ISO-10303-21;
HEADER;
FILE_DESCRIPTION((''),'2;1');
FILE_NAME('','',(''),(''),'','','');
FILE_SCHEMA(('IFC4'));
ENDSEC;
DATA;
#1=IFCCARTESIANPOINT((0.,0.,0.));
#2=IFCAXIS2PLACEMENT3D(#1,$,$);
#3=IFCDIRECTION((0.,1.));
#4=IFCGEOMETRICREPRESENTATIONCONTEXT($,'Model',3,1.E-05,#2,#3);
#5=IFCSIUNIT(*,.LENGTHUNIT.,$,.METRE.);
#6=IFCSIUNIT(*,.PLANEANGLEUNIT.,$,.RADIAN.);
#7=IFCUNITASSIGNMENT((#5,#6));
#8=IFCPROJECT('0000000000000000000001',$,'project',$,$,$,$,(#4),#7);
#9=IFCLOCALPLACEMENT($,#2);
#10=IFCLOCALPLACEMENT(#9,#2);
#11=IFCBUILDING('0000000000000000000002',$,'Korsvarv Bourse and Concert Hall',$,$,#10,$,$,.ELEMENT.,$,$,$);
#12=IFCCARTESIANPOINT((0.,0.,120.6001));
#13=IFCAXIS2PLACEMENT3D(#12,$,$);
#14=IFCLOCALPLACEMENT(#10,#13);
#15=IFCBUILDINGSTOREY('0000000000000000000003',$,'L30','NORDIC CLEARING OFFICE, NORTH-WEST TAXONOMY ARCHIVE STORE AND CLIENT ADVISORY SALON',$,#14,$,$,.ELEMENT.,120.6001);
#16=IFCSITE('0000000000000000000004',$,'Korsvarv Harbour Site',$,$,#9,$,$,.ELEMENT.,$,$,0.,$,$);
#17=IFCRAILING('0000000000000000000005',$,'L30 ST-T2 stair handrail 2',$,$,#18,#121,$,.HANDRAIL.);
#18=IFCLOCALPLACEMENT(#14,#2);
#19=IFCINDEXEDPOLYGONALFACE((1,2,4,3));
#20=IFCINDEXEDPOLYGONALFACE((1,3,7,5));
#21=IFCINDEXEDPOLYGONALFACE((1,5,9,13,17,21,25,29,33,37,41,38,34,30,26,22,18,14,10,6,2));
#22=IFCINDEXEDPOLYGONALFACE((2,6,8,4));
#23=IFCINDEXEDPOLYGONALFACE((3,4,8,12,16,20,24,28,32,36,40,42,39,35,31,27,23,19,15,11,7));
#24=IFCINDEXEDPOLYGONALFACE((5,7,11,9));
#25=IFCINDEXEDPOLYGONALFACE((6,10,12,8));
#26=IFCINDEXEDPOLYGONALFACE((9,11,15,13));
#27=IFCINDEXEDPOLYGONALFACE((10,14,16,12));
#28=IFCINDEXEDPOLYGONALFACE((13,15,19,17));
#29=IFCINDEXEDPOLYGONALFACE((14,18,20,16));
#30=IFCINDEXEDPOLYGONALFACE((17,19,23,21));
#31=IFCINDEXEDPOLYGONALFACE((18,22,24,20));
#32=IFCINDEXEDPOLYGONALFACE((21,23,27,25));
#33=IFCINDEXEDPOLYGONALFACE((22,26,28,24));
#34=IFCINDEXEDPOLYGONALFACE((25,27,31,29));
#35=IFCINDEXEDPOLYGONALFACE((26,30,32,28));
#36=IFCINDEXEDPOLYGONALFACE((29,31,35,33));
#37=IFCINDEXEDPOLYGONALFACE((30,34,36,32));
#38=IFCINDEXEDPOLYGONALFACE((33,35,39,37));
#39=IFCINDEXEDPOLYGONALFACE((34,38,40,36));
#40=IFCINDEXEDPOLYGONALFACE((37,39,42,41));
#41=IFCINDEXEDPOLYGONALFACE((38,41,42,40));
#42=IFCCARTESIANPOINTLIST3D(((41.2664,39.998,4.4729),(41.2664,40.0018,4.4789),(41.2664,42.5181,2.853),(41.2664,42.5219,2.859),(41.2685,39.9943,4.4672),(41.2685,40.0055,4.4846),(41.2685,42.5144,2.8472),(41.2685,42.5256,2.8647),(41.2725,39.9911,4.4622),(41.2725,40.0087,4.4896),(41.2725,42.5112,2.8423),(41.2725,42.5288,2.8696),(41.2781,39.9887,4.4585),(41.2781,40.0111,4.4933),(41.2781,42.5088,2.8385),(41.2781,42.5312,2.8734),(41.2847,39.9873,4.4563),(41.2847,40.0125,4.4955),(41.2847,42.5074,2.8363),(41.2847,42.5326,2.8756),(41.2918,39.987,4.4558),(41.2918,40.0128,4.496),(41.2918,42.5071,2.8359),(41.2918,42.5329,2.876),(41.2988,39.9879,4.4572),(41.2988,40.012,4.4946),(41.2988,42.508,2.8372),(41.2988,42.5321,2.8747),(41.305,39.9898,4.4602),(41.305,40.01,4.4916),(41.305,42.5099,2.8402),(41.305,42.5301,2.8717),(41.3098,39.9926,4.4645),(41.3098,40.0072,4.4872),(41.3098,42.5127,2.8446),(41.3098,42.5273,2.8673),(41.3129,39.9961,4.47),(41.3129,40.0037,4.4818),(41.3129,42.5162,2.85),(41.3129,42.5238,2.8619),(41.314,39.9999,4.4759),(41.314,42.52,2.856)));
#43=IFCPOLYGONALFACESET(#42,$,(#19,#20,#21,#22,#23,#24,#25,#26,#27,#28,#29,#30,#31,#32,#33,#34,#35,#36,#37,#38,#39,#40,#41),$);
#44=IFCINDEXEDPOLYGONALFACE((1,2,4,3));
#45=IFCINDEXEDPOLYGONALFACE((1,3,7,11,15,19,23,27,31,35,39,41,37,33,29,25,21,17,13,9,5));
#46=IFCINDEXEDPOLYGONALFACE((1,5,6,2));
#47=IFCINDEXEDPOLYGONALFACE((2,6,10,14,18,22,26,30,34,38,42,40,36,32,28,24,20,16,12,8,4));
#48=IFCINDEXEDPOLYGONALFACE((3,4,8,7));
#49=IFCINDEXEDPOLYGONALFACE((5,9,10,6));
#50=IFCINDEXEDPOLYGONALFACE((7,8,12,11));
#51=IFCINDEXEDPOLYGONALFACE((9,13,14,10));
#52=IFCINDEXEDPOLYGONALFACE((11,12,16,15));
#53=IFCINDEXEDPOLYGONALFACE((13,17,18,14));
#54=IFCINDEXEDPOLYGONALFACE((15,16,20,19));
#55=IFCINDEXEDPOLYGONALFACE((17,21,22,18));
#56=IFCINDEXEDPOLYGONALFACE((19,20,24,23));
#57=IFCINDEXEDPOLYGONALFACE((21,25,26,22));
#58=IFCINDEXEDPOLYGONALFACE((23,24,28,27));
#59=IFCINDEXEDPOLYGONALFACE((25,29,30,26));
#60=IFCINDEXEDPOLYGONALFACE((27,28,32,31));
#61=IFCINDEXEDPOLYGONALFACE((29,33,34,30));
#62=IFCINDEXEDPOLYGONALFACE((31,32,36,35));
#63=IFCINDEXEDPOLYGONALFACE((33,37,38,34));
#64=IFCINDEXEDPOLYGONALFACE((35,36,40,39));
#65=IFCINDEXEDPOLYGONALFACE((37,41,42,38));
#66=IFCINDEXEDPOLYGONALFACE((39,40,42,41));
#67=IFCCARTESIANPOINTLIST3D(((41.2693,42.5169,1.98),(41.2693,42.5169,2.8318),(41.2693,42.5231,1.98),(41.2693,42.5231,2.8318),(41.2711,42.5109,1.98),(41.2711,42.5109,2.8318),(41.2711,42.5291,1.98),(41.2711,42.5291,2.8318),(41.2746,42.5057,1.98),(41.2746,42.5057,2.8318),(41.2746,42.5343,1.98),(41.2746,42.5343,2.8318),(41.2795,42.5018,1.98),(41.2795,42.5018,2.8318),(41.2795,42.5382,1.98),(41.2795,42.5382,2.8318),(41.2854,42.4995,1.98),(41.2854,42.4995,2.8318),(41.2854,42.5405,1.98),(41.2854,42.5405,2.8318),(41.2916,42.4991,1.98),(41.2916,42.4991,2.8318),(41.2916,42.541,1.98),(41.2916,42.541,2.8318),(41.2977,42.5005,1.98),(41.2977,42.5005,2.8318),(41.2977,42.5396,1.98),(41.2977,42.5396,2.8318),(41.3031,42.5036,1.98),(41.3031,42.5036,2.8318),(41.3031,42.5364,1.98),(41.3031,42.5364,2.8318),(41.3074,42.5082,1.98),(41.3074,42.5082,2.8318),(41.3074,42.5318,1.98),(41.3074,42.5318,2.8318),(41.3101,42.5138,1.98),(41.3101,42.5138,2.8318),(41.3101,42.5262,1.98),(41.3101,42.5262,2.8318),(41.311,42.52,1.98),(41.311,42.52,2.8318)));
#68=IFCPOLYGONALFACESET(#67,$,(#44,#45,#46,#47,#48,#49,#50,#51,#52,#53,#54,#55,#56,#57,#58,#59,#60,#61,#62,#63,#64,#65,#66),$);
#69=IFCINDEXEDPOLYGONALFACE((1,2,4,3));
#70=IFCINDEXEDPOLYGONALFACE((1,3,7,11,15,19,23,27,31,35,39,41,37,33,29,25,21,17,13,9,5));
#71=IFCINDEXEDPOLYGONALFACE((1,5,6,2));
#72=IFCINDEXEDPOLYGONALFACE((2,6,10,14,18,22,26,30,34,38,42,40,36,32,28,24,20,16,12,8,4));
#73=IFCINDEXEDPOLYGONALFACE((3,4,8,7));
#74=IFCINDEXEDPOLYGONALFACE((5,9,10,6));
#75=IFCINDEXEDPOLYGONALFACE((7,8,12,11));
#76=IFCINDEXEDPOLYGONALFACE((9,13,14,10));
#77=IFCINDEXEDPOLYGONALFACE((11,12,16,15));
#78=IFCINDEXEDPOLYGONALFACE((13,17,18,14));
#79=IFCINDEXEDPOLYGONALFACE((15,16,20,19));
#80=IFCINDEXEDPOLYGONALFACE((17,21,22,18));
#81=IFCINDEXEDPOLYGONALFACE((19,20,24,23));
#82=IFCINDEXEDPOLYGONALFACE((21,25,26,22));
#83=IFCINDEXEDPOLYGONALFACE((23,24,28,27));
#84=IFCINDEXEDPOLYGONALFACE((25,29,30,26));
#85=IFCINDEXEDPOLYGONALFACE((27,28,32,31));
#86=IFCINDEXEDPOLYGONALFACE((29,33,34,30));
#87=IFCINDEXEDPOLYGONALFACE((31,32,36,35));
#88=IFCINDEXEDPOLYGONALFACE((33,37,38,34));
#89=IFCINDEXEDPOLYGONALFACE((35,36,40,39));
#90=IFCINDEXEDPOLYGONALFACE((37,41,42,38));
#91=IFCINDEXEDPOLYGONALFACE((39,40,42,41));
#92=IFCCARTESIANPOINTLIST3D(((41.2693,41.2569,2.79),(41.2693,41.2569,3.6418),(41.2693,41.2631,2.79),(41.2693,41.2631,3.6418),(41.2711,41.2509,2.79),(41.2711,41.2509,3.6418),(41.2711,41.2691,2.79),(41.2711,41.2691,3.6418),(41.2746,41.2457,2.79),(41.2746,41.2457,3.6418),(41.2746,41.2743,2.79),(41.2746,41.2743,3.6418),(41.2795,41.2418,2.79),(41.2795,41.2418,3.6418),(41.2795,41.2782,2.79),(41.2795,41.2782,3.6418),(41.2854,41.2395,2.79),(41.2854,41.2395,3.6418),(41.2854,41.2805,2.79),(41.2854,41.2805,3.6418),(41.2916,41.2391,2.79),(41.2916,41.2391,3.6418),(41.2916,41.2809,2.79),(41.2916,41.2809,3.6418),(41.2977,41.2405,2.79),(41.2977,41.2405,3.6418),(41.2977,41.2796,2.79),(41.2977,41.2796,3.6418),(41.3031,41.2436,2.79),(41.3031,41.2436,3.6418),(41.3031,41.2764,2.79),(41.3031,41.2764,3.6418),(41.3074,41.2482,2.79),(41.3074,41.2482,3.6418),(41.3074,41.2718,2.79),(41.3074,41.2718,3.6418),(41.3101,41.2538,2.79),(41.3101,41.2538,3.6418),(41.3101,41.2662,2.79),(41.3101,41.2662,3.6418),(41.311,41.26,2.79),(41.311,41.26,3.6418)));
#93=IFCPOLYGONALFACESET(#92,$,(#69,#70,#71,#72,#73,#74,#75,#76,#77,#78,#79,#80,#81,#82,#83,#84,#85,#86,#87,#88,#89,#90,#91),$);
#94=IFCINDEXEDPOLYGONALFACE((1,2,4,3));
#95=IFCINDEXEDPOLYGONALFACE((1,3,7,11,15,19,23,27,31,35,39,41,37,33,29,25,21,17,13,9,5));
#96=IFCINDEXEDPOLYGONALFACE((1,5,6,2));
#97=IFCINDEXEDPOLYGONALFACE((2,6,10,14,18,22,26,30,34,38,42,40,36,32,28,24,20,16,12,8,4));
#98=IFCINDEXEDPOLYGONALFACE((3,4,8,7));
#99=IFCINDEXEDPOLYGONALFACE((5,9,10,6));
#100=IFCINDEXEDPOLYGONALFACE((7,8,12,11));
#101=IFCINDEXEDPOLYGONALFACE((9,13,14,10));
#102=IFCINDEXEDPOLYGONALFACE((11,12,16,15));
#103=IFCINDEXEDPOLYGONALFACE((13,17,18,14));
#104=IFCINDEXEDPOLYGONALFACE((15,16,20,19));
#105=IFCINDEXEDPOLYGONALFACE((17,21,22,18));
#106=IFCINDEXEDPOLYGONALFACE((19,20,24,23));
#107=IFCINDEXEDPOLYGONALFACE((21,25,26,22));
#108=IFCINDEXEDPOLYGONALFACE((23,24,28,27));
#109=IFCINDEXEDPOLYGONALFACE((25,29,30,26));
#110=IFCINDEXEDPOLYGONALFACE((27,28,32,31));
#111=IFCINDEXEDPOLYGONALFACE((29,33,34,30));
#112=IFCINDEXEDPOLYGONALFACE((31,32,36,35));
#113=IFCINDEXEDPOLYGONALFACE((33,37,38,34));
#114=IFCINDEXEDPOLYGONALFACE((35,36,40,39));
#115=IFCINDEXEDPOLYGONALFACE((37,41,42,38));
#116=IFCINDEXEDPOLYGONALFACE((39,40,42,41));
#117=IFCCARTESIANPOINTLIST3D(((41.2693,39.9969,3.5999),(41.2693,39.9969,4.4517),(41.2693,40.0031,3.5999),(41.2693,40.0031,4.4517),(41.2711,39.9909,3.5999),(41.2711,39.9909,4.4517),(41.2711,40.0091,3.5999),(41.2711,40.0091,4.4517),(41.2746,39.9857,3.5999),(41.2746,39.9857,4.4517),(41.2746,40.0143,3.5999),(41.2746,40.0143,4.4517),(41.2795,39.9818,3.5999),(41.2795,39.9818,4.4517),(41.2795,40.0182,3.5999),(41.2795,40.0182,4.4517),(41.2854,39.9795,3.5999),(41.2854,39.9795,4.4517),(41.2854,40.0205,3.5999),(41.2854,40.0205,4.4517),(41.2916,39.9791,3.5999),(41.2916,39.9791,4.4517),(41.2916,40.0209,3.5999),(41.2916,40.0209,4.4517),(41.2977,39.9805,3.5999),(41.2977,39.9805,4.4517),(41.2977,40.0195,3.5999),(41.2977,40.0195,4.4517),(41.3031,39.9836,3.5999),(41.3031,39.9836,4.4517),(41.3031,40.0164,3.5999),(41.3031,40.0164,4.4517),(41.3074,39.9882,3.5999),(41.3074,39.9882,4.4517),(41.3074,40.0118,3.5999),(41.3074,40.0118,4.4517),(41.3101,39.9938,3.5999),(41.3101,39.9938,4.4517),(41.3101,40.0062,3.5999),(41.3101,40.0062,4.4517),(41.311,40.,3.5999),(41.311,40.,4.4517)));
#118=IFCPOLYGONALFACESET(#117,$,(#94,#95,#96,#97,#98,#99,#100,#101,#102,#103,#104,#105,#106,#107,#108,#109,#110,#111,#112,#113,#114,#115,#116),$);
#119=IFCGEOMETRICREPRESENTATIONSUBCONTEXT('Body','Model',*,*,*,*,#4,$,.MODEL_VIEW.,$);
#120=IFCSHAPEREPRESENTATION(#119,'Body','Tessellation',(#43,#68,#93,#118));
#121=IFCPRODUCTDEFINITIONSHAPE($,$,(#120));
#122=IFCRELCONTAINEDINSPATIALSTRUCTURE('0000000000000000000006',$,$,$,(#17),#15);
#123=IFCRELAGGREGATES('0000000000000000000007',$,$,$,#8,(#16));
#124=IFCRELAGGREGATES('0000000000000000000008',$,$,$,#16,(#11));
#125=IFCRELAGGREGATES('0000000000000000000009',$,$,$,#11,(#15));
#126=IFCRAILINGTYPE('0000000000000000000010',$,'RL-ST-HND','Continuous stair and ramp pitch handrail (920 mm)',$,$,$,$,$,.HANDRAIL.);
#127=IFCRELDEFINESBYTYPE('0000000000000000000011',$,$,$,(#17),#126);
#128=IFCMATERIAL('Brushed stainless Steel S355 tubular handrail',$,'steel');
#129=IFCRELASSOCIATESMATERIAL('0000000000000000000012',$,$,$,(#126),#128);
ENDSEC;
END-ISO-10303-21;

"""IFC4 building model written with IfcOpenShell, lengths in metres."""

from ifc_helpers import new_model, si_unit, direction, frame, origin, origin_2d, place, context, subcontext, project, spatial, circle, extrude, material, type_object, element, save


model = new_model("IFC4")

# Units and contexts
model_context = context("Model", 3, precision=1e-05, world=origin(), true_north=direction((0.0, 1.0)))
body_context = subcontext(model_context, "Body", "Model", "MODEL_VIEW")
ifc_project = project(units=[si_unit("LENGTHUNIT", "METRE"), si_unit("PLANEANGLEUNIT", "RADIAN")], contexts=[model_context])

# Site, building, storey
site_placement = place(None, origin())
site = spatial("IfcSite", under=ifc_project, at=site_placement, Name="Korsvarv Harbour Site", CompositionType="ELEMENT", RefElevation=0.0)
building_placement = place(site_placement, origin())
building = spatial("IfcBuilding", under=site, at=building_placement, Name="Korsvarv Bourse and Concert Hall", CompositionType="ELEMENT")
storey_placement = place(building_placement, frame((0.0, 0.0, 120.6001)))
storey = spatial("IfcBuildingStorey", under=building, at=storey_placement, Name="L30", Description="NORDIC CLEARING OFFICE, NORTH-WEST TAXONOMY ARCHIVE STORE AND CLIENT ADVISORY SALON", CompositionType="ELEMENT", Elevation=120.6001)

# Railing
ifc_material_1 = material(Name="Brushed stainless Steel S355 tubular handrail", Category="steel")
railing_type = type_object("IfcRailingType", Name="RL-ST-HND", Description="Continuous stair and ramp pitch handrail (920 mm)", PredefinedType="HANDRAIL", material=ifc_material_1)
railing_placement = place(storey_placement, frame((41.29, 42.52, 1.98)))
element("IfcRailing", 1, at=railing_placement, inside=storey, type_object=railing_type, Name="L30 ST-T2 stair handrail 2", PredefinedType="HANDRAIL", context=body_context, shape_type="SweptSolid", body=[
    extrude(circle(Radius=0.0239, at=origin_2d()), frame((0.0, 0.0, 0.876), z_axis=(0.0, -0.8412, 0.540725), x_axis=(1.0, 0.0, 0.0)), (0.0, 0.0, 1.0), 2.9958),
    extrude(circle(Radius=0.021, at=origin_2d()), origin(), (0.0, 0.0, 1.0), 0.8518),
    extrude(circle(Radius=0.021, at=origin_2d()), frame((0.0, -1.26, 0.8101)), (0.0, 0.0, 1.0), 0.8518),
    extrude(circle(Radius=0.021, at=origin_2d()), frame((0.0, -2.52, 1.6199)), (0.0, 0.0, 1.0), 0.8518),
])

save(model, "model.ifc")
